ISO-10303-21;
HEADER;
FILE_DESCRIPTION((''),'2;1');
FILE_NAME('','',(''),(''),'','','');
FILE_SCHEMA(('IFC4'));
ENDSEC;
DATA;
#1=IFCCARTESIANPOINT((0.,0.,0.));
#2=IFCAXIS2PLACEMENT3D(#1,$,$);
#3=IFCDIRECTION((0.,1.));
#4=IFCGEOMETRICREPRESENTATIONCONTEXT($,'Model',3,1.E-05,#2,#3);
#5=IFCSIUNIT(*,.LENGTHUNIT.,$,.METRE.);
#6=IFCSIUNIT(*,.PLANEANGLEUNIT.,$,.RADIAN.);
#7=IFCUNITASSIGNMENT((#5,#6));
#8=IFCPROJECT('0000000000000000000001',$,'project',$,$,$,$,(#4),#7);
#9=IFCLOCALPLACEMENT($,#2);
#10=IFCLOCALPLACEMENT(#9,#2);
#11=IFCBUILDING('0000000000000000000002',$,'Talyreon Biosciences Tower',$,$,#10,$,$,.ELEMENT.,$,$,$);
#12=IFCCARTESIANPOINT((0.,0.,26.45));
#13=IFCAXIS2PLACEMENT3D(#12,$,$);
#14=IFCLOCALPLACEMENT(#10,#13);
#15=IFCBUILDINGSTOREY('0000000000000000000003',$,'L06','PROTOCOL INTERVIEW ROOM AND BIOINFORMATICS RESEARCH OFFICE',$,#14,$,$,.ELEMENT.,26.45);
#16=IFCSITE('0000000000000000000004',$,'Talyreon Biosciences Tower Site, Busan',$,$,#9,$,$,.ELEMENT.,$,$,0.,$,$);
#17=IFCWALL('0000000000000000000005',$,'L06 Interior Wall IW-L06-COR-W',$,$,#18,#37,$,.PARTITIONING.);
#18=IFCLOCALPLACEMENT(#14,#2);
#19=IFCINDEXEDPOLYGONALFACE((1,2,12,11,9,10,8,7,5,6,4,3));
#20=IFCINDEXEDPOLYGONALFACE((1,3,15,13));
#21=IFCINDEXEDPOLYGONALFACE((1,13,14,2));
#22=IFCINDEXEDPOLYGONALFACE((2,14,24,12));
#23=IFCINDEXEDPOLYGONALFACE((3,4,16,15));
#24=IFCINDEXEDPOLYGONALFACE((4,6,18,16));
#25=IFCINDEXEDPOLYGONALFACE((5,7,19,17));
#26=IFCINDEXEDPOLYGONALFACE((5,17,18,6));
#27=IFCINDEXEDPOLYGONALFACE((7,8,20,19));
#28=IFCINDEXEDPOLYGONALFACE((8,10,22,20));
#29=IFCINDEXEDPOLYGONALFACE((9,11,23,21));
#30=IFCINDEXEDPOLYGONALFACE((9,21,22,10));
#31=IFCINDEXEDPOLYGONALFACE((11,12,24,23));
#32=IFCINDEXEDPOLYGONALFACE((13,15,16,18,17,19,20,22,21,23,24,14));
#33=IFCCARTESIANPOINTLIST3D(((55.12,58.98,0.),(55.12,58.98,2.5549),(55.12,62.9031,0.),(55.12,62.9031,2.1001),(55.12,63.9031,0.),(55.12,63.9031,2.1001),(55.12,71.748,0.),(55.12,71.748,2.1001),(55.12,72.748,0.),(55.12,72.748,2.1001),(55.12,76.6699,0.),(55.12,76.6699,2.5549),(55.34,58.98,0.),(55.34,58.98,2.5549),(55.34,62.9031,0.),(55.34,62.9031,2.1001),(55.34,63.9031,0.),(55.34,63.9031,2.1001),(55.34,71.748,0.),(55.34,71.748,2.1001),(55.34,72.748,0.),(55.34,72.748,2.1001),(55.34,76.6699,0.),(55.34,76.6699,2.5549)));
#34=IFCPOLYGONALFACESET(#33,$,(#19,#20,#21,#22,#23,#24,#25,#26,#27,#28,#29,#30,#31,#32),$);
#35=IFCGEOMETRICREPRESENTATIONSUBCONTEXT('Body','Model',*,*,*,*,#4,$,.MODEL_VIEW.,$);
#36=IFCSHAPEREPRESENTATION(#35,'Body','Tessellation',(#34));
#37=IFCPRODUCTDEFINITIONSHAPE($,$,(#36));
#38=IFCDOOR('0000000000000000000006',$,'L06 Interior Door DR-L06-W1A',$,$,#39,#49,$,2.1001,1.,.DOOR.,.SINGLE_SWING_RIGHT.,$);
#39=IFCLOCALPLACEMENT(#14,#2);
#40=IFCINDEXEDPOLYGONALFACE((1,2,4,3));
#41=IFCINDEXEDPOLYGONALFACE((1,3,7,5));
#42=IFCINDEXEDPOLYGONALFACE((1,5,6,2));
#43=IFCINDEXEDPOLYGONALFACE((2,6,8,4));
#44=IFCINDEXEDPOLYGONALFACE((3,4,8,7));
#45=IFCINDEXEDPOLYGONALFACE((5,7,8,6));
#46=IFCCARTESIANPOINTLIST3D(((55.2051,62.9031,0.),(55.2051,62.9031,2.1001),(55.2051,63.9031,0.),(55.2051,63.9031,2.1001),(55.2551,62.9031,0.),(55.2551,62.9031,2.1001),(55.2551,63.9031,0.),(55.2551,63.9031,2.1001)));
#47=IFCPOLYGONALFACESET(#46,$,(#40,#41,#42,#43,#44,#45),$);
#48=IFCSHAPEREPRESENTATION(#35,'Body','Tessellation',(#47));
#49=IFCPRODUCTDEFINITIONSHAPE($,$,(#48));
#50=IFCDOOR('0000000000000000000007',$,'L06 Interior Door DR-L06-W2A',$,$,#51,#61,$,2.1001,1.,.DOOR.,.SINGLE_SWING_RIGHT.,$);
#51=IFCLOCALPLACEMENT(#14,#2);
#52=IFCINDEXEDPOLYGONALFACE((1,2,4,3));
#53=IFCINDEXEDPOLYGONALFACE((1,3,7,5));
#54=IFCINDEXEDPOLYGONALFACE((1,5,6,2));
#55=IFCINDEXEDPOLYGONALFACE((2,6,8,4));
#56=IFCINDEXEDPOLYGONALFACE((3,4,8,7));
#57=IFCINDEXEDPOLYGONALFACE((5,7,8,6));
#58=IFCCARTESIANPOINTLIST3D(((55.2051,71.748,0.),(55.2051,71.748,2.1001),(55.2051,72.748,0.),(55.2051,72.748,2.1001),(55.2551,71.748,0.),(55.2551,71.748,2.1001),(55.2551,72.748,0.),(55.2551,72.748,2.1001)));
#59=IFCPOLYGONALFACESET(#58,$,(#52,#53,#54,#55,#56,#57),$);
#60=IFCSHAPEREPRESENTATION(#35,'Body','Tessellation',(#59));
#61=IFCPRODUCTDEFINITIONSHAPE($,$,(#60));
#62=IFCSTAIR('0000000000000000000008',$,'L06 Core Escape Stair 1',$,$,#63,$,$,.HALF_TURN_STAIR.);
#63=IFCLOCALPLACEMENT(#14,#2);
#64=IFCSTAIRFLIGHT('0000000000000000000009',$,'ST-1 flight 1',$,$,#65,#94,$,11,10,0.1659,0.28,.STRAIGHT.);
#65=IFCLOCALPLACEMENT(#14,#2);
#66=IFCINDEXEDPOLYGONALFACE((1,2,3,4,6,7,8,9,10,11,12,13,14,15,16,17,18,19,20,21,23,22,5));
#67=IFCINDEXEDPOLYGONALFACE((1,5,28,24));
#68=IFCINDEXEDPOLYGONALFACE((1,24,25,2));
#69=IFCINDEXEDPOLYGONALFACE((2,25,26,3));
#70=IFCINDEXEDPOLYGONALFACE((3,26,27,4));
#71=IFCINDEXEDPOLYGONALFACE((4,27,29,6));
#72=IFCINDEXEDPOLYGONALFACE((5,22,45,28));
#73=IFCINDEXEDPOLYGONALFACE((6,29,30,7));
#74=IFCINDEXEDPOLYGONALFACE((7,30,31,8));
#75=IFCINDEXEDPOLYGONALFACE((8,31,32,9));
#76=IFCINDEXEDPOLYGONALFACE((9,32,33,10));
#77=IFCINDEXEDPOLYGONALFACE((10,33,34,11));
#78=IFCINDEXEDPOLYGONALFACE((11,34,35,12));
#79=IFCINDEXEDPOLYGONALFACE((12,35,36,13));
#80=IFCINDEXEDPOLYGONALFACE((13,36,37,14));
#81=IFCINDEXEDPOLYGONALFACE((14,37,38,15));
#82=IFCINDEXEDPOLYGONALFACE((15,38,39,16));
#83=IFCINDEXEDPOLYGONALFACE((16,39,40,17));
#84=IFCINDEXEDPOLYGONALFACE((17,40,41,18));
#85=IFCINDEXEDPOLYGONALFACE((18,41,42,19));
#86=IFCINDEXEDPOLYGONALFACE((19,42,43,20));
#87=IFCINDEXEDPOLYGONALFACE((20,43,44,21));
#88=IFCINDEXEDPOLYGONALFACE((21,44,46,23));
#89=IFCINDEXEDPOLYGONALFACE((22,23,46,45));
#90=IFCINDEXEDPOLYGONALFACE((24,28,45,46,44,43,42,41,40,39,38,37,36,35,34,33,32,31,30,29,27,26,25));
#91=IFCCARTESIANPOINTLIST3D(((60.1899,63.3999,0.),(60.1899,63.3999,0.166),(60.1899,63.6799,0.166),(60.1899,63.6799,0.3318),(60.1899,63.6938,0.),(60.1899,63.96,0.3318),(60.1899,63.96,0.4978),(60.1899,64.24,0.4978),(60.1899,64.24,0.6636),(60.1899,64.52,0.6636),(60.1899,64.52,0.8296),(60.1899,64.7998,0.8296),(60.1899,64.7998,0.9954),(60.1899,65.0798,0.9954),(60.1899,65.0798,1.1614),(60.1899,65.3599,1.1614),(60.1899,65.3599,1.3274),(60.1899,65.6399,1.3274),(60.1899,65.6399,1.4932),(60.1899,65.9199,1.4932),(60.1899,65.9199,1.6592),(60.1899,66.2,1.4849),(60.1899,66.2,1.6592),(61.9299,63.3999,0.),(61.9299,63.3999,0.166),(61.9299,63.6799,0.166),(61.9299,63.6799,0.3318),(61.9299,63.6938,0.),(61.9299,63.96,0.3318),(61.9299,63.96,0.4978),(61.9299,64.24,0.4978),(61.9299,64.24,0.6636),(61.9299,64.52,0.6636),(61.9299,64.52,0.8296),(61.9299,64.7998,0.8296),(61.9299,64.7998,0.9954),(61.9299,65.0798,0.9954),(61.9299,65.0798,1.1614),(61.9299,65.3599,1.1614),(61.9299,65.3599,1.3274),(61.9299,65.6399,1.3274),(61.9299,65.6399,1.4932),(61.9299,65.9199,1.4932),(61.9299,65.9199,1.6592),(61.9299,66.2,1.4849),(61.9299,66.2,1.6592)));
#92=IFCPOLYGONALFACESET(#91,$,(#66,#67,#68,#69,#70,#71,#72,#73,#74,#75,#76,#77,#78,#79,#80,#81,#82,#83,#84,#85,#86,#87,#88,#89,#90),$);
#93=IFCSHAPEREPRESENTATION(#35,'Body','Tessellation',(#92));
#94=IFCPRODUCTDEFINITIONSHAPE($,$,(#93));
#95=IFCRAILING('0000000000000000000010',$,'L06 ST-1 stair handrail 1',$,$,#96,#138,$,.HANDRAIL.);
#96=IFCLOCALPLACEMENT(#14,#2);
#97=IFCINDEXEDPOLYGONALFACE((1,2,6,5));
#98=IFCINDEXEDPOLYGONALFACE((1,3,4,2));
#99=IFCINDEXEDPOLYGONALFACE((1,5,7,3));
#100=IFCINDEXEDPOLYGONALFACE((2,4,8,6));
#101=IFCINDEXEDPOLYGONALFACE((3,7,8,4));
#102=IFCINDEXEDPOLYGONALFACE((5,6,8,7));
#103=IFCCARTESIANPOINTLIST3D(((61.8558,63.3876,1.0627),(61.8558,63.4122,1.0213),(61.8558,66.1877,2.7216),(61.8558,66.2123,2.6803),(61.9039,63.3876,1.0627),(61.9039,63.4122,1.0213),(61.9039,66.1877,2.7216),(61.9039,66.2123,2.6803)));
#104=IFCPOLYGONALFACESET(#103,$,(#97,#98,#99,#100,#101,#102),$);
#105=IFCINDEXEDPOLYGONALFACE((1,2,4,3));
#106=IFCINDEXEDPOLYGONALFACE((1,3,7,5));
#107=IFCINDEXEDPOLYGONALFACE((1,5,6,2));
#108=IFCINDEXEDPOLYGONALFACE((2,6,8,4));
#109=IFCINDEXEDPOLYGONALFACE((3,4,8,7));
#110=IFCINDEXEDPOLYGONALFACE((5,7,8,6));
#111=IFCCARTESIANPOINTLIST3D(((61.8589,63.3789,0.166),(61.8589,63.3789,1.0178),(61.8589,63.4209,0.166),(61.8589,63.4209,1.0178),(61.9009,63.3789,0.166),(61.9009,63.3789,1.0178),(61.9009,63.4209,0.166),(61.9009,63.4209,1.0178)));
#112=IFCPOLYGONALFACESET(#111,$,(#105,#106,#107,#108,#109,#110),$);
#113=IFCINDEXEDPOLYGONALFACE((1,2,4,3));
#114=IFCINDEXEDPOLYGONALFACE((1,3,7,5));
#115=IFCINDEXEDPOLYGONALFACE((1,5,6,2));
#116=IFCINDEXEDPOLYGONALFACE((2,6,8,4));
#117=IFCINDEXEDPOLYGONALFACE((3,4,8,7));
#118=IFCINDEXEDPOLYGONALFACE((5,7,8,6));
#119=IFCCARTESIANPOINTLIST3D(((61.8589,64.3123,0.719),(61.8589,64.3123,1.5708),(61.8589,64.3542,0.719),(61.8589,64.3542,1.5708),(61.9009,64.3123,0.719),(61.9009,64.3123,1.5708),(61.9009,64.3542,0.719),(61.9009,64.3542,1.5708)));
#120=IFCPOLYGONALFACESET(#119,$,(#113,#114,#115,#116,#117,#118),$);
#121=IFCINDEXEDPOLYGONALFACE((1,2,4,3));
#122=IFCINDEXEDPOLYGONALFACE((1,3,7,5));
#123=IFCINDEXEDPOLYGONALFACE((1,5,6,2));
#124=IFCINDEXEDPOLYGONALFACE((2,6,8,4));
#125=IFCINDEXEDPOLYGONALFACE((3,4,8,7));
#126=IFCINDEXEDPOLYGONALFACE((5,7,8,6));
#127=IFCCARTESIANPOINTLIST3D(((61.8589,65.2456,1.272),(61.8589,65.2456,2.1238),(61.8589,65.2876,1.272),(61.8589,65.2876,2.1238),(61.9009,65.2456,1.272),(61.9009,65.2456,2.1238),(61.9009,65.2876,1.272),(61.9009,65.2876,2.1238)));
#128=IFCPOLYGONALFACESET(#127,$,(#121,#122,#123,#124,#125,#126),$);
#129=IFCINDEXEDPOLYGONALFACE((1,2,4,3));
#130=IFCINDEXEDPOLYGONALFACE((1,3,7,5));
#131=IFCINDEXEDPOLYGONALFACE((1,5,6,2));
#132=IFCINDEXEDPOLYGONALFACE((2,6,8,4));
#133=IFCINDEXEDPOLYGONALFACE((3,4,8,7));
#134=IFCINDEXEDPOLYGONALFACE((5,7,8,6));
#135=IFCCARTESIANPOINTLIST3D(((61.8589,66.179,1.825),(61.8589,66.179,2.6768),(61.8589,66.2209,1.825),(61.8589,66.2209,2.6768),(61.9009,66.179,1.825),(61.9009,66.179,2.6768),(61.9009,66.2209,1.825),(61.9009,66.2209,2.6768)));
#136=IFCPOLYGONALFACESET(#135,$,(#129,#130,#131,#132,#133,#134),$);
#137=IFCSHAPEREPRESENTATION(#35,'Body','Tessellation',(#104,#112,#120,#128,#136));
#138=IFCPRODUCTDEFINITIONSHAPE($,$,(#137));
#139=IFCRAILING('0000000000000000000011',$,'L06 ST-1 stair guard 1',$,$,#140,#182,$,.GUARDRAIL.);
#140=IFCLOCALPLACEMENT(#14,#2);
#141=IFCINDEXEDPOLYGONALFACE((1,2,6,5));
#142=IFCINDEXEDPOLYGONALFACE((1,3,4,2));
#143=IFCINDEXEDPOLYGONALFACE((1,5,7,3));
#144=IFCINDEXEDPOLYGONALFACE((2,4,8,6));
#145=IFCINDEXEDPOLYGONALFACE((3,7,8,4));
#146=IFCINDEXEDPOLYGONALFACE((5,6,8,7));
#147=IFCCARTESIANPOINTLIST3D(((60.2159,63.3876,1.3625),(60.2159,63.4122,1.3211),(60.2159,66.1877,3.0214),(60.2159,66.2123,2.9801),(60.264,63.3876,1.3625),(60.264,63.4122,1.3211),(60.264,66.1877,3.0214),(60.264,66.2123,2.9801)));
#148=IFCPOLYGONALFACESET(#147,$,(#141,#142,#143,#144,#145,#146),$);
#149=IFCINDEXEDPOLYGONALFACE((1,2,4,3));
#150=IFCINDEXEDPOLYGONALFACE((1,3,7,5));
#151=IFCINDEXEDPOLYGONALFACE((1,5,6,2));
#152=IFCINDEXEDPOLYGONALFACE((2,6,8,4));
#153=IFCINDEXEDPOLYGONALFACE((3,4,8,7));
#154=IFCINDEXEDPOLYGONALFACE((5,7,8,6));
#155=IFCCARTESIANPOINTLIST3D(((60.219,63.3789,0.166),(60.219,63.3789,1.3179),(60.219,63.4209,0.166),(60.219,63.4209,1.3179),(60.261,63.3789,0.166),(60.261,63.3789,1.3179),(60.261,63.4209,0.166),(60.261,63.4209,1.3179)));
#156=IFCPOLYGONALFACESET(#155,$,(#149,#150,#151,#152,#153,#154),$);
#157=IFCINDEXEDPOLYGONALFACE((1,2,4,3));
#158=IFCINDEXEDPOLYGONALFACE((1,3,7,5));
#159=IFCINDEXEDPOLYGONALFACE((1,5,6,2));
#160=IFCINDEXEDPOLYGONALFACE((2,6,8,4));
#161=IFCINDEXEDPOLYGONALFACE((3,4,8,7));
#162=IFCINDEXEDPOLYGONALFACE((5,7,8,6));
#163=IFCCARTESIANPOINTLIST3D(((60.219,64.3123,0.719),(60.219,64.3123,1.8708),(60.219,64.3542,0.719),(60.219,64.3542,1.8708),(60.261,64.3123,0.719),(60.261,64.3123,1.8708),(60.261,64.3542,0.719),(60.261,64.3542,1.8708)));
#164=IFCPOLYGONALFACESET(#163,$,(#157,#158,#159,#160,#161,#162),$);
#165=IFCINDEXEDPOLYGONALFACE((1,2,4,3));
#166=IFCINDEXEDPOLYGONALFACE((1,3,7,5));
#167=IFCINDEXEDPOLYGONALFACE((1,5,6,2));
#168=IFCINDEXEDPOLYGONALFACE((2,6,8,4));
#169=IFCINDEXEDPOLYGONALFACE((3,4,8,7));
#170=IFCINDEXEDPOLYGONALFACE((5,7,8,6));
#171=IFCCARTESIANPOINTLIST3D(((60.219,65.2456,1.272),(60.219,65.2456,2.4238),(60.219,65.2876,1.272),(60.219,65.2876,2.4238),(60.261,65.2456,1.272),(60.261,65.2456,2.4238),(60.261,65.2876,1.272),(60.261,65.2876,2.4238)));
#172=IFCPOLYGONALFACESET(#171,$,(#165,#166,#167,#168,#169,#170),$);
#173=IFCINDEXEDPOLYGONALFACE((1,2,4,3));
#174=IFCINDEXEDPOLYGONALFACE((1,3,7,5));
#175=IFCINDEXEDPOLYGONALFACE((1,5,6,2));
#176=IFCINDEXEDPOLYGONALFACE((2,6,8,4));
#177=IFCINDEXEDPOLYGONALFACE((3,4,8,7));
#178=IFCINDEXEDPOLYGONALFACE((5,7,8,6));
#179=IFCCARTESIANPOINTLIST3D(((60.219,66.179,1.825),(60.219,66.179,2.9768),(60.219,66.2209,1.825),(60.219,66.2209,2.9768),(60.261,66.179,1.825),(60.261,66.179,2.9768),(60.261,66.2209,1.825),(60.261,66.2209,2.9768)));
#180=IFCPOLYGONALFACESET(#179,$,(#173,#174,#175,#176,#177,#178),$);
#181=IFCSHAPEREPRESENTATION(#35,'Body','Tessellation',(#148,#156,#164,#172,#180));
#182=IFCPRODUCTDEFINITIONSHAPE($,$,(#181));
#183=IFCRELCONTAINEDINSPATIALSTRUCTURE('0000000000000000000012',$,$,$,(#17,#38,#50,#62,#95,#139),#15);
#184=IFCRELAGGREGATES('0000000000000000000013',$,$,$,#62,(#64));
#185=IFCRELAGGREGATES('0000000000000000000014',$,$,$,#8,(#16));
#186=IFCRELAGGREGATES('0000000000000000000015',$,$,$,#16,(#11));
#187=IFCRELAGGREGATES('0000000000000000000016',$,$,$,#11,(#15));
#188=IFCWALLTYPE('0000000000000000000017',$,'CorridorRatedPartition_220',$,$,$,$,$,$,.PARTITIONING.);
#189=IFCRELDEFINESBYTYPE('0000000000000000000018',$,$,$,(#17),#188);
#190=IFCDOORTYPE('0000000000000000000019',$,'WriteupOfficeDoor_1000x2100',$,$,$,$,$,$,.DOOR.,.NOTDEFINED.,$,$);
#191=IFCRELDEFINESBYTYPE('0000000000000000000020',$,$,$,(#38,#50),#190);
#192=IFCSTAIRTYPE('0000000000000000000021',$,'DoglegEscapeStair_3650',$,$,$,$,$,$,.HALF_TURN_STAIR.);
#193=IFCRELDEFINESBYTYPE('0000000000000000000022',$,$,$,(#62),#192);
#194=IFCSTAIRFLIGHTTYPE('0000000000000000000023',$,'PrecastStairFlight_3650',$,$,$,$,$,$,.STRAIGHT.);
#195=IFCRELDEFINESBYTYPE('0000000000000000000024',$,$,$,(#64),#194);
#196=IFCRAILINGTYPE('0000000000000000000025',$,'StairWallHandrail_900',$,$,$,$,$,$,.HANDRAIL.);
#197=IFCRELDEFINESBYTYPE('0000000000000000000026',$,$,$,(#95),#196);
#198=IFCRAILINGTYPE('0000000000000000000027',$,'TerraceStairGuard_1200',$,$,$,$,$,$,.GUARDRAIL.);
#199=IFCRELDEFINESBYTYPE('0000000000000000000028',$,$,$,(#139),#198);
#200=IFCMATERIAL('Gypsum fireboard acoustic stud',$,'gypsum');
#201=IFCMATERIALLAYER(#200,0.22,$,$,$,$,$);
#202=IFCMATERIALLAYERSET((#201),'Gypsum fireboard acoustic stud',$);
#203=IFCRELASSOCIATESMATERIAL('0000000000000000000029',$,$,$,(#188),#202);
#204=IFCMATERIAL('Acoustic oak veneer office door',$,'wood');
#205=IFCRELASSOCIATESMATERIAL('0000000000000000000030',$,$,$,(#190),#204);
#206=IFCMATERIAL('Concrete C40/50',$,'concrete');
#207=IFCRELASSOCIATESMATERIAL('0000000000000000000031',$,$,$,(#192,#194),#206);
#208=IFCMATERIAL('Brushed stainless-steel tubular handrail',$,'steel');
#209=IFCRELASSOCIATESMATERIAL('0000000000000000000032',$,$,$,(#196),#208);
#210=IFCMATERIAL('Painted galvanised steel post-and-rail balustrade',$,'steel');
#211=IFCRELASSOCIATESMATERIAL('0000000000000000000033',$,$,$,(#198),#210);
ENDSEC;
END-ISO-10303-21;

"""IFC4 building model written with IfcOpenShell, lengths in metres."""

from ifc_helpers import new_model, si_unit, direction, frame, frame_2d, origin, origin_2d, place, context, subcontext, project, spatial, polyline, rectangle, outline, extrude, material, layer, layer_set, type_object, element, fill, aggregate, save


model = new_model("IFC4")

# Units and contexts
model_context = context("Model", 3, precision=1e-05, world=origin(), true_north=direction((0.0, 1.0)))
body_context = subcontext(model_context, "Body", "Model", "MODEL_VIEW")
ifc_project = project(units=[si_unit("LENGTHUNIT", "METRE"), si_unit("PLANEANGLEUNIT", "RADIAN")], contexts=[model_context])

# Site, building, storey
site_placement = place(None, origin())
site = spatial("IfcSite", under=ifc_project, at=site_placement, Name="Talyreon Biosciences Tower Site, Busan", CompositionType="ELEMENT", RefElevation=0.0)
building_placement = place(site_placement, origin())
building = spatial("IfcBuilding", under=site, at=building_placement, Name="Talyreon Biosciences Tower", CompositionType="ELEMENT")
storey_placement = place(building_placement, frame((0.0, 0.0, 26.45)))
storey = spatial("IfcBuildingStorey", under=building, at=storey_placement, Name="L06", Description="PROTOCOL INTERVIEW ROOM AND BIOINFORMATICS RESEARCH OFFICE", CompositionType="ELEMENT", Elevation=26.45)

# Wall, openings, doors
ifc_material_1 = material(Name="Gypsum fireboard acoustic stud", Category="gypsum")
ifc_layer_1 = layer(ifc_material_1, 0.22)
ifc_layer_set_1 = layer_set([ifc_layer_1], Name="Gypsum fireboard acoustic stud")
wall_type_1 = type_object("IfcWallType", Name="CorridorRatedPartition_220", PredefinedType="PARTITIONING", material=ifc_layer_set_1)
wall_1_placement = place(storey_placement, frame((55.23, 58.98, 0.0), z_axis=(0.0, 0.0, 1.0), x_axis=(0.0, 1.0, 0.0)))
wall_1 = element("IfcWall", 1, at=wall_1_placement, inside=storey, type_object=wall_type_1, Name="L06 Interior Wall IW-L06-COR-W", PredefinedType="PARTITIONING", context=body_context, shape_type="SweptSolid", body=[
    extrude(rectangle(XDim=17.6899, YDim=0.22, at=frame_2d((8.845, 0.0))), origin(), (0.0, 0.0, 1.0), 2.5549),
])
opening_1_placement = place(wall_1_placement, frame((3.9231, 0.0, 0.0)))
opening_1 = element("IfcOpeningElement", 2, at=opening_1_placement, cuts=wall_1, PredefinedType="OPENING", context=body_context, shape_type="SweptSolid", body=[
    extrude(rectangle(XDim=1.0, YDim=2.1001, at=frame_2d((0.5, 1.05))), frame((0.0, 0.1199, 0.0), z_axis=(0.0, -1.0, 0.0), x_axis=(1.0, 0.0, 0.0)), (0.0, 0.0, 1.0), 0.24),
])
opening_2_placement = place(wall_1_placement, frame((12.7681, 0.0, 0.0)))
opening_2 = element("IfcOpeningElement", 3, at=opening_2_placement, cuts=wall_1, PredefinedType="OPENING", context=body_context, shape_type="SweptSolid", body=[
    extrude(rectangle(XDim=1.0, YDim=2.1001, at=frame_2d((0.5, 1.05))), frame((0.0, 0.1199, 0.0), z_axis=(0.0, -1.0, 0.0), x_axis=(1.0, 0.0, 0.0)), (0.0, 0.0, 1.0), 0.24),
])
ifc_material_2 = material(Name="Acoustic oak veneer office door", Category="wood")
door_type_1 = type_object("IfcDoorType", Name="WriteupOfficeDoor_1000x2100", OperationType="NOTDEFINED", PredefinedType="DOOR", material=ifc_material_2)
door_1_placement = place(opening_1_placement, origin())
door_1 = element("IfcDoor", 4, at=door_1_placement, inside=storey, type_object=door_type_1, Name="L06 Interior Door DR-L06-W1A", OperationType="SINGLE_SWING_RIGHT", OverallHeight=2.1001, OverallWidth=1.0, PredefinedType="DOOR", context=body_context, shape_type="SweptSolid", body=[
    extrude(rectangle(XDim=1.0, YDim=2.1001, at=frame_2d((0.5, 1.05))), frame((0.0, 0.0249, 0.0), z_axis=(0.0, -1.0, 0.0), x_axis=(1.0, 0.0, 0.0)), (0.0, 0.0, 1.0), 0.05),
])
fill(opening_1, door_1)
door_2_placement = place(opening_2_placement, origin())
door_2 = element("IfcDoor", 5, at=door_2_placement, inside=storey, type_object=door_type_1, Name="L06 Interior Door DR-L06-W2A", OperationType="SINGLE_SWING_RIGHT", OverallHeight=2.1001, OverallWidth=1.0, PredefinedType="DOOR", context=body_context, shape_type="SweptSolid", body=[
    extrude(rectangle(XDim=1.0, YDim=2.1001, at=frame_2d((0.5, 1.05))), frame((0.0, 0.0249, 0.0), z_axis=(0.0, -1.0, 0.0), x_axis=(1.0, 0.0, 0.0)), (0.0, 0.0, 1.0), 0.05),
])
fill(opening_2, door_2)

# Stair, stair flight
ifc_material_3 = material(Name="Concrete C40/50", Category="concrete")
stair_type = type_object("IfcStairType", Name="DoglegEscapeStair_3650", PredefinedType="HALF_TURN_STAIR", material=ifc_material_3)
stair_placement = place(storey_placement, origin())
stair = element("IfcStair", 6, at=stair_placement, inside=storey, type_object=stair_type, Name="L06 Core Escape Stair 1", PredefinedType="HALF_TURN_STAIR")
stair_flight_type = type_object("IfcStairFlightType", Name="PrecastStairFlight_3650", PredefinedType="STRAIGHT", material=ifc_material_3)
stair_flight_placement = place(storey_placement, frame((61.0601, 63.3999, 0.0), z_axis=(0.0, 0.0, 1.0), x_axis=(0.0, 1.0, 0.0)))
stair_flight = element("IfcStairFlight", 7, at=stair_flight_placement, type_object=stair_flight_type, Name="ST-1 flight 1", NumberOfRisers=11, NumberOfTreads=10, PredefinedType="STRAIGHT", RiserHeight=0.1659, TreadLength=0.28, context=body_context, shape_type="SweptSolid", body=[
    extrude(outline(polyline([(0.0, 0.0), (0.0, 0.166), (0.28, 0.166), (0.28, 0.3318), (0.5601, 0.3318), (0.5601, 0.4978), (0.8401, 0.4978), (0.8401, 0.6636), (1.1201, 0.6636), (1.1201, 0.8296), (1.3999, 0.8296), (1.3999, 0.9954), (1.6799, 0.9954), (1.6799, 1.1614), (1.96, 1.1614), (1.96, 1.3274), (2.24, 1.3274), (2.24, 1.4932), (2.52, 1.4932), (2.52, 1.6592), (2.8, 1.6592), (2.8, 1.825), (2.8, 1.4849), (0.2939, 0.0), (0.0, 0.0)])), frame((0.0, 0.8701, 0.0), z_axis=(0.0, -1.0, 0.0), x_axis=(1.0, 0.0, 0.0)), (0.0, 0.0, 1.0), 1.74),
])
aggregate(stair, [stair_flight])

# Railings
ifc_material_4 = material(Name="Brushed stainless-steel tubular handrail", Category="steel")
railing_type_1 = type_object("IfcRailingType", Name="StairWallHandrail_900", PredefinedType="HANDRAIL", material=ifc_material_4)
railing_1_placement = place(storey_placement, frame((61.8799, 63.3999, 0.166)))
element("IfcRailing", 8, at=railing_1_placement, inside=storey, type_object=railing_type_1, Name="L06 ST-1 stair handrail 1", PredefinedType="HANDRAIL", context=body_context, shape_type="SweptSolid", body=[
    extrude(rectangle(XDim=0.0481, YDim=0.0481, at=origin_2d()), frame((0.0, 0.0, 0.876), z_axis=(0.0, 0.860339, 0.509722), x_axis=(-1.0, 0.0, 0.0)), (0.0, 0.0, 1.0), 3.2546),
    extrude(rectangle(XDim=0.042, YDim=0.042, at=origin_2d()), origin(), (0.0, 0.0, 1.0), 0.8518),
    extrude(rectangle(XDim=0.042, YDim=0.042, at=origin_2d()), frame((0.0, 0.9333, 0.553)), (0.0, 0.0, 1.0), 0.8518),
    extrude(rectangle(XDim=0.042, YDim=0.042, at=origin_2d()), frame((0.0, 1.8667, 1.106)), (0.0, 0.0, 1.0), 0.8518),
    extrude(rectangle(XDim=0.042, YDim=0.042, at=origin_2d()), frame((0.0, 2.8, 1.6589)), (0.0, 0.0, 1.0), 0.8518),
])
ifc_material_5 = material(Name="Painted galvanised steel post-and-rail balustrade", Category="steel")
railing_type_2 = type_object("IfcRailingType", Name="TerraceStairGuard_1200", PredefinedType="GUARDRAIL", material=ifc_material_5)
railing_2_placement = place(storey_placement, frame((60.24, 63.3999, 0.166)))
element("IfcRailing", 9, at=railing_2_placement, inside=storey, type_object=railing_type_2, Name="L06 ST-1 stair guard 1", PredefinedType="GUARDRAIL", context=body_context, shape_type="SweptSolid", body=[
    extrude(rectangle(XDim=0.0481, YDim=0.0481, at=origin_2d()), frame((0.0, 0.0, 1.1758), z_axis=(0.0, 0.860339, 0.509722), x_axis=(-1.0, 0.0, 0.0)), (0.0, 0.0, 1.0), 3.2546),
    extrude(rectangle(XDim=0.042, YDim=0.042, at=origin_2d()), origin(), (0.0, 0.0, 1.0), 1.1519),
    extrude(rectangle(XDim=0.042, YDim=0.042, at=origin_2d()), frame((0.0, 0.9333, 0.553)), (0.0, 0.0, 1.0), 1.1519),
    extrude(rectangle(XDim=0.042, YDim=0.042, at=origin_2d()), frame((0.0, 1.8667, 1.106)), (0.0, 0.0, 1.0), 1.1519),
    extrude(rectangle(XDim=0.042, YDim=0.042, at=origin_2d()), frame((0.0, 2.8, 1.6589)), (0.0, 0.0, 1.0), 1.1519),
])

save(model, "model.ifc")
